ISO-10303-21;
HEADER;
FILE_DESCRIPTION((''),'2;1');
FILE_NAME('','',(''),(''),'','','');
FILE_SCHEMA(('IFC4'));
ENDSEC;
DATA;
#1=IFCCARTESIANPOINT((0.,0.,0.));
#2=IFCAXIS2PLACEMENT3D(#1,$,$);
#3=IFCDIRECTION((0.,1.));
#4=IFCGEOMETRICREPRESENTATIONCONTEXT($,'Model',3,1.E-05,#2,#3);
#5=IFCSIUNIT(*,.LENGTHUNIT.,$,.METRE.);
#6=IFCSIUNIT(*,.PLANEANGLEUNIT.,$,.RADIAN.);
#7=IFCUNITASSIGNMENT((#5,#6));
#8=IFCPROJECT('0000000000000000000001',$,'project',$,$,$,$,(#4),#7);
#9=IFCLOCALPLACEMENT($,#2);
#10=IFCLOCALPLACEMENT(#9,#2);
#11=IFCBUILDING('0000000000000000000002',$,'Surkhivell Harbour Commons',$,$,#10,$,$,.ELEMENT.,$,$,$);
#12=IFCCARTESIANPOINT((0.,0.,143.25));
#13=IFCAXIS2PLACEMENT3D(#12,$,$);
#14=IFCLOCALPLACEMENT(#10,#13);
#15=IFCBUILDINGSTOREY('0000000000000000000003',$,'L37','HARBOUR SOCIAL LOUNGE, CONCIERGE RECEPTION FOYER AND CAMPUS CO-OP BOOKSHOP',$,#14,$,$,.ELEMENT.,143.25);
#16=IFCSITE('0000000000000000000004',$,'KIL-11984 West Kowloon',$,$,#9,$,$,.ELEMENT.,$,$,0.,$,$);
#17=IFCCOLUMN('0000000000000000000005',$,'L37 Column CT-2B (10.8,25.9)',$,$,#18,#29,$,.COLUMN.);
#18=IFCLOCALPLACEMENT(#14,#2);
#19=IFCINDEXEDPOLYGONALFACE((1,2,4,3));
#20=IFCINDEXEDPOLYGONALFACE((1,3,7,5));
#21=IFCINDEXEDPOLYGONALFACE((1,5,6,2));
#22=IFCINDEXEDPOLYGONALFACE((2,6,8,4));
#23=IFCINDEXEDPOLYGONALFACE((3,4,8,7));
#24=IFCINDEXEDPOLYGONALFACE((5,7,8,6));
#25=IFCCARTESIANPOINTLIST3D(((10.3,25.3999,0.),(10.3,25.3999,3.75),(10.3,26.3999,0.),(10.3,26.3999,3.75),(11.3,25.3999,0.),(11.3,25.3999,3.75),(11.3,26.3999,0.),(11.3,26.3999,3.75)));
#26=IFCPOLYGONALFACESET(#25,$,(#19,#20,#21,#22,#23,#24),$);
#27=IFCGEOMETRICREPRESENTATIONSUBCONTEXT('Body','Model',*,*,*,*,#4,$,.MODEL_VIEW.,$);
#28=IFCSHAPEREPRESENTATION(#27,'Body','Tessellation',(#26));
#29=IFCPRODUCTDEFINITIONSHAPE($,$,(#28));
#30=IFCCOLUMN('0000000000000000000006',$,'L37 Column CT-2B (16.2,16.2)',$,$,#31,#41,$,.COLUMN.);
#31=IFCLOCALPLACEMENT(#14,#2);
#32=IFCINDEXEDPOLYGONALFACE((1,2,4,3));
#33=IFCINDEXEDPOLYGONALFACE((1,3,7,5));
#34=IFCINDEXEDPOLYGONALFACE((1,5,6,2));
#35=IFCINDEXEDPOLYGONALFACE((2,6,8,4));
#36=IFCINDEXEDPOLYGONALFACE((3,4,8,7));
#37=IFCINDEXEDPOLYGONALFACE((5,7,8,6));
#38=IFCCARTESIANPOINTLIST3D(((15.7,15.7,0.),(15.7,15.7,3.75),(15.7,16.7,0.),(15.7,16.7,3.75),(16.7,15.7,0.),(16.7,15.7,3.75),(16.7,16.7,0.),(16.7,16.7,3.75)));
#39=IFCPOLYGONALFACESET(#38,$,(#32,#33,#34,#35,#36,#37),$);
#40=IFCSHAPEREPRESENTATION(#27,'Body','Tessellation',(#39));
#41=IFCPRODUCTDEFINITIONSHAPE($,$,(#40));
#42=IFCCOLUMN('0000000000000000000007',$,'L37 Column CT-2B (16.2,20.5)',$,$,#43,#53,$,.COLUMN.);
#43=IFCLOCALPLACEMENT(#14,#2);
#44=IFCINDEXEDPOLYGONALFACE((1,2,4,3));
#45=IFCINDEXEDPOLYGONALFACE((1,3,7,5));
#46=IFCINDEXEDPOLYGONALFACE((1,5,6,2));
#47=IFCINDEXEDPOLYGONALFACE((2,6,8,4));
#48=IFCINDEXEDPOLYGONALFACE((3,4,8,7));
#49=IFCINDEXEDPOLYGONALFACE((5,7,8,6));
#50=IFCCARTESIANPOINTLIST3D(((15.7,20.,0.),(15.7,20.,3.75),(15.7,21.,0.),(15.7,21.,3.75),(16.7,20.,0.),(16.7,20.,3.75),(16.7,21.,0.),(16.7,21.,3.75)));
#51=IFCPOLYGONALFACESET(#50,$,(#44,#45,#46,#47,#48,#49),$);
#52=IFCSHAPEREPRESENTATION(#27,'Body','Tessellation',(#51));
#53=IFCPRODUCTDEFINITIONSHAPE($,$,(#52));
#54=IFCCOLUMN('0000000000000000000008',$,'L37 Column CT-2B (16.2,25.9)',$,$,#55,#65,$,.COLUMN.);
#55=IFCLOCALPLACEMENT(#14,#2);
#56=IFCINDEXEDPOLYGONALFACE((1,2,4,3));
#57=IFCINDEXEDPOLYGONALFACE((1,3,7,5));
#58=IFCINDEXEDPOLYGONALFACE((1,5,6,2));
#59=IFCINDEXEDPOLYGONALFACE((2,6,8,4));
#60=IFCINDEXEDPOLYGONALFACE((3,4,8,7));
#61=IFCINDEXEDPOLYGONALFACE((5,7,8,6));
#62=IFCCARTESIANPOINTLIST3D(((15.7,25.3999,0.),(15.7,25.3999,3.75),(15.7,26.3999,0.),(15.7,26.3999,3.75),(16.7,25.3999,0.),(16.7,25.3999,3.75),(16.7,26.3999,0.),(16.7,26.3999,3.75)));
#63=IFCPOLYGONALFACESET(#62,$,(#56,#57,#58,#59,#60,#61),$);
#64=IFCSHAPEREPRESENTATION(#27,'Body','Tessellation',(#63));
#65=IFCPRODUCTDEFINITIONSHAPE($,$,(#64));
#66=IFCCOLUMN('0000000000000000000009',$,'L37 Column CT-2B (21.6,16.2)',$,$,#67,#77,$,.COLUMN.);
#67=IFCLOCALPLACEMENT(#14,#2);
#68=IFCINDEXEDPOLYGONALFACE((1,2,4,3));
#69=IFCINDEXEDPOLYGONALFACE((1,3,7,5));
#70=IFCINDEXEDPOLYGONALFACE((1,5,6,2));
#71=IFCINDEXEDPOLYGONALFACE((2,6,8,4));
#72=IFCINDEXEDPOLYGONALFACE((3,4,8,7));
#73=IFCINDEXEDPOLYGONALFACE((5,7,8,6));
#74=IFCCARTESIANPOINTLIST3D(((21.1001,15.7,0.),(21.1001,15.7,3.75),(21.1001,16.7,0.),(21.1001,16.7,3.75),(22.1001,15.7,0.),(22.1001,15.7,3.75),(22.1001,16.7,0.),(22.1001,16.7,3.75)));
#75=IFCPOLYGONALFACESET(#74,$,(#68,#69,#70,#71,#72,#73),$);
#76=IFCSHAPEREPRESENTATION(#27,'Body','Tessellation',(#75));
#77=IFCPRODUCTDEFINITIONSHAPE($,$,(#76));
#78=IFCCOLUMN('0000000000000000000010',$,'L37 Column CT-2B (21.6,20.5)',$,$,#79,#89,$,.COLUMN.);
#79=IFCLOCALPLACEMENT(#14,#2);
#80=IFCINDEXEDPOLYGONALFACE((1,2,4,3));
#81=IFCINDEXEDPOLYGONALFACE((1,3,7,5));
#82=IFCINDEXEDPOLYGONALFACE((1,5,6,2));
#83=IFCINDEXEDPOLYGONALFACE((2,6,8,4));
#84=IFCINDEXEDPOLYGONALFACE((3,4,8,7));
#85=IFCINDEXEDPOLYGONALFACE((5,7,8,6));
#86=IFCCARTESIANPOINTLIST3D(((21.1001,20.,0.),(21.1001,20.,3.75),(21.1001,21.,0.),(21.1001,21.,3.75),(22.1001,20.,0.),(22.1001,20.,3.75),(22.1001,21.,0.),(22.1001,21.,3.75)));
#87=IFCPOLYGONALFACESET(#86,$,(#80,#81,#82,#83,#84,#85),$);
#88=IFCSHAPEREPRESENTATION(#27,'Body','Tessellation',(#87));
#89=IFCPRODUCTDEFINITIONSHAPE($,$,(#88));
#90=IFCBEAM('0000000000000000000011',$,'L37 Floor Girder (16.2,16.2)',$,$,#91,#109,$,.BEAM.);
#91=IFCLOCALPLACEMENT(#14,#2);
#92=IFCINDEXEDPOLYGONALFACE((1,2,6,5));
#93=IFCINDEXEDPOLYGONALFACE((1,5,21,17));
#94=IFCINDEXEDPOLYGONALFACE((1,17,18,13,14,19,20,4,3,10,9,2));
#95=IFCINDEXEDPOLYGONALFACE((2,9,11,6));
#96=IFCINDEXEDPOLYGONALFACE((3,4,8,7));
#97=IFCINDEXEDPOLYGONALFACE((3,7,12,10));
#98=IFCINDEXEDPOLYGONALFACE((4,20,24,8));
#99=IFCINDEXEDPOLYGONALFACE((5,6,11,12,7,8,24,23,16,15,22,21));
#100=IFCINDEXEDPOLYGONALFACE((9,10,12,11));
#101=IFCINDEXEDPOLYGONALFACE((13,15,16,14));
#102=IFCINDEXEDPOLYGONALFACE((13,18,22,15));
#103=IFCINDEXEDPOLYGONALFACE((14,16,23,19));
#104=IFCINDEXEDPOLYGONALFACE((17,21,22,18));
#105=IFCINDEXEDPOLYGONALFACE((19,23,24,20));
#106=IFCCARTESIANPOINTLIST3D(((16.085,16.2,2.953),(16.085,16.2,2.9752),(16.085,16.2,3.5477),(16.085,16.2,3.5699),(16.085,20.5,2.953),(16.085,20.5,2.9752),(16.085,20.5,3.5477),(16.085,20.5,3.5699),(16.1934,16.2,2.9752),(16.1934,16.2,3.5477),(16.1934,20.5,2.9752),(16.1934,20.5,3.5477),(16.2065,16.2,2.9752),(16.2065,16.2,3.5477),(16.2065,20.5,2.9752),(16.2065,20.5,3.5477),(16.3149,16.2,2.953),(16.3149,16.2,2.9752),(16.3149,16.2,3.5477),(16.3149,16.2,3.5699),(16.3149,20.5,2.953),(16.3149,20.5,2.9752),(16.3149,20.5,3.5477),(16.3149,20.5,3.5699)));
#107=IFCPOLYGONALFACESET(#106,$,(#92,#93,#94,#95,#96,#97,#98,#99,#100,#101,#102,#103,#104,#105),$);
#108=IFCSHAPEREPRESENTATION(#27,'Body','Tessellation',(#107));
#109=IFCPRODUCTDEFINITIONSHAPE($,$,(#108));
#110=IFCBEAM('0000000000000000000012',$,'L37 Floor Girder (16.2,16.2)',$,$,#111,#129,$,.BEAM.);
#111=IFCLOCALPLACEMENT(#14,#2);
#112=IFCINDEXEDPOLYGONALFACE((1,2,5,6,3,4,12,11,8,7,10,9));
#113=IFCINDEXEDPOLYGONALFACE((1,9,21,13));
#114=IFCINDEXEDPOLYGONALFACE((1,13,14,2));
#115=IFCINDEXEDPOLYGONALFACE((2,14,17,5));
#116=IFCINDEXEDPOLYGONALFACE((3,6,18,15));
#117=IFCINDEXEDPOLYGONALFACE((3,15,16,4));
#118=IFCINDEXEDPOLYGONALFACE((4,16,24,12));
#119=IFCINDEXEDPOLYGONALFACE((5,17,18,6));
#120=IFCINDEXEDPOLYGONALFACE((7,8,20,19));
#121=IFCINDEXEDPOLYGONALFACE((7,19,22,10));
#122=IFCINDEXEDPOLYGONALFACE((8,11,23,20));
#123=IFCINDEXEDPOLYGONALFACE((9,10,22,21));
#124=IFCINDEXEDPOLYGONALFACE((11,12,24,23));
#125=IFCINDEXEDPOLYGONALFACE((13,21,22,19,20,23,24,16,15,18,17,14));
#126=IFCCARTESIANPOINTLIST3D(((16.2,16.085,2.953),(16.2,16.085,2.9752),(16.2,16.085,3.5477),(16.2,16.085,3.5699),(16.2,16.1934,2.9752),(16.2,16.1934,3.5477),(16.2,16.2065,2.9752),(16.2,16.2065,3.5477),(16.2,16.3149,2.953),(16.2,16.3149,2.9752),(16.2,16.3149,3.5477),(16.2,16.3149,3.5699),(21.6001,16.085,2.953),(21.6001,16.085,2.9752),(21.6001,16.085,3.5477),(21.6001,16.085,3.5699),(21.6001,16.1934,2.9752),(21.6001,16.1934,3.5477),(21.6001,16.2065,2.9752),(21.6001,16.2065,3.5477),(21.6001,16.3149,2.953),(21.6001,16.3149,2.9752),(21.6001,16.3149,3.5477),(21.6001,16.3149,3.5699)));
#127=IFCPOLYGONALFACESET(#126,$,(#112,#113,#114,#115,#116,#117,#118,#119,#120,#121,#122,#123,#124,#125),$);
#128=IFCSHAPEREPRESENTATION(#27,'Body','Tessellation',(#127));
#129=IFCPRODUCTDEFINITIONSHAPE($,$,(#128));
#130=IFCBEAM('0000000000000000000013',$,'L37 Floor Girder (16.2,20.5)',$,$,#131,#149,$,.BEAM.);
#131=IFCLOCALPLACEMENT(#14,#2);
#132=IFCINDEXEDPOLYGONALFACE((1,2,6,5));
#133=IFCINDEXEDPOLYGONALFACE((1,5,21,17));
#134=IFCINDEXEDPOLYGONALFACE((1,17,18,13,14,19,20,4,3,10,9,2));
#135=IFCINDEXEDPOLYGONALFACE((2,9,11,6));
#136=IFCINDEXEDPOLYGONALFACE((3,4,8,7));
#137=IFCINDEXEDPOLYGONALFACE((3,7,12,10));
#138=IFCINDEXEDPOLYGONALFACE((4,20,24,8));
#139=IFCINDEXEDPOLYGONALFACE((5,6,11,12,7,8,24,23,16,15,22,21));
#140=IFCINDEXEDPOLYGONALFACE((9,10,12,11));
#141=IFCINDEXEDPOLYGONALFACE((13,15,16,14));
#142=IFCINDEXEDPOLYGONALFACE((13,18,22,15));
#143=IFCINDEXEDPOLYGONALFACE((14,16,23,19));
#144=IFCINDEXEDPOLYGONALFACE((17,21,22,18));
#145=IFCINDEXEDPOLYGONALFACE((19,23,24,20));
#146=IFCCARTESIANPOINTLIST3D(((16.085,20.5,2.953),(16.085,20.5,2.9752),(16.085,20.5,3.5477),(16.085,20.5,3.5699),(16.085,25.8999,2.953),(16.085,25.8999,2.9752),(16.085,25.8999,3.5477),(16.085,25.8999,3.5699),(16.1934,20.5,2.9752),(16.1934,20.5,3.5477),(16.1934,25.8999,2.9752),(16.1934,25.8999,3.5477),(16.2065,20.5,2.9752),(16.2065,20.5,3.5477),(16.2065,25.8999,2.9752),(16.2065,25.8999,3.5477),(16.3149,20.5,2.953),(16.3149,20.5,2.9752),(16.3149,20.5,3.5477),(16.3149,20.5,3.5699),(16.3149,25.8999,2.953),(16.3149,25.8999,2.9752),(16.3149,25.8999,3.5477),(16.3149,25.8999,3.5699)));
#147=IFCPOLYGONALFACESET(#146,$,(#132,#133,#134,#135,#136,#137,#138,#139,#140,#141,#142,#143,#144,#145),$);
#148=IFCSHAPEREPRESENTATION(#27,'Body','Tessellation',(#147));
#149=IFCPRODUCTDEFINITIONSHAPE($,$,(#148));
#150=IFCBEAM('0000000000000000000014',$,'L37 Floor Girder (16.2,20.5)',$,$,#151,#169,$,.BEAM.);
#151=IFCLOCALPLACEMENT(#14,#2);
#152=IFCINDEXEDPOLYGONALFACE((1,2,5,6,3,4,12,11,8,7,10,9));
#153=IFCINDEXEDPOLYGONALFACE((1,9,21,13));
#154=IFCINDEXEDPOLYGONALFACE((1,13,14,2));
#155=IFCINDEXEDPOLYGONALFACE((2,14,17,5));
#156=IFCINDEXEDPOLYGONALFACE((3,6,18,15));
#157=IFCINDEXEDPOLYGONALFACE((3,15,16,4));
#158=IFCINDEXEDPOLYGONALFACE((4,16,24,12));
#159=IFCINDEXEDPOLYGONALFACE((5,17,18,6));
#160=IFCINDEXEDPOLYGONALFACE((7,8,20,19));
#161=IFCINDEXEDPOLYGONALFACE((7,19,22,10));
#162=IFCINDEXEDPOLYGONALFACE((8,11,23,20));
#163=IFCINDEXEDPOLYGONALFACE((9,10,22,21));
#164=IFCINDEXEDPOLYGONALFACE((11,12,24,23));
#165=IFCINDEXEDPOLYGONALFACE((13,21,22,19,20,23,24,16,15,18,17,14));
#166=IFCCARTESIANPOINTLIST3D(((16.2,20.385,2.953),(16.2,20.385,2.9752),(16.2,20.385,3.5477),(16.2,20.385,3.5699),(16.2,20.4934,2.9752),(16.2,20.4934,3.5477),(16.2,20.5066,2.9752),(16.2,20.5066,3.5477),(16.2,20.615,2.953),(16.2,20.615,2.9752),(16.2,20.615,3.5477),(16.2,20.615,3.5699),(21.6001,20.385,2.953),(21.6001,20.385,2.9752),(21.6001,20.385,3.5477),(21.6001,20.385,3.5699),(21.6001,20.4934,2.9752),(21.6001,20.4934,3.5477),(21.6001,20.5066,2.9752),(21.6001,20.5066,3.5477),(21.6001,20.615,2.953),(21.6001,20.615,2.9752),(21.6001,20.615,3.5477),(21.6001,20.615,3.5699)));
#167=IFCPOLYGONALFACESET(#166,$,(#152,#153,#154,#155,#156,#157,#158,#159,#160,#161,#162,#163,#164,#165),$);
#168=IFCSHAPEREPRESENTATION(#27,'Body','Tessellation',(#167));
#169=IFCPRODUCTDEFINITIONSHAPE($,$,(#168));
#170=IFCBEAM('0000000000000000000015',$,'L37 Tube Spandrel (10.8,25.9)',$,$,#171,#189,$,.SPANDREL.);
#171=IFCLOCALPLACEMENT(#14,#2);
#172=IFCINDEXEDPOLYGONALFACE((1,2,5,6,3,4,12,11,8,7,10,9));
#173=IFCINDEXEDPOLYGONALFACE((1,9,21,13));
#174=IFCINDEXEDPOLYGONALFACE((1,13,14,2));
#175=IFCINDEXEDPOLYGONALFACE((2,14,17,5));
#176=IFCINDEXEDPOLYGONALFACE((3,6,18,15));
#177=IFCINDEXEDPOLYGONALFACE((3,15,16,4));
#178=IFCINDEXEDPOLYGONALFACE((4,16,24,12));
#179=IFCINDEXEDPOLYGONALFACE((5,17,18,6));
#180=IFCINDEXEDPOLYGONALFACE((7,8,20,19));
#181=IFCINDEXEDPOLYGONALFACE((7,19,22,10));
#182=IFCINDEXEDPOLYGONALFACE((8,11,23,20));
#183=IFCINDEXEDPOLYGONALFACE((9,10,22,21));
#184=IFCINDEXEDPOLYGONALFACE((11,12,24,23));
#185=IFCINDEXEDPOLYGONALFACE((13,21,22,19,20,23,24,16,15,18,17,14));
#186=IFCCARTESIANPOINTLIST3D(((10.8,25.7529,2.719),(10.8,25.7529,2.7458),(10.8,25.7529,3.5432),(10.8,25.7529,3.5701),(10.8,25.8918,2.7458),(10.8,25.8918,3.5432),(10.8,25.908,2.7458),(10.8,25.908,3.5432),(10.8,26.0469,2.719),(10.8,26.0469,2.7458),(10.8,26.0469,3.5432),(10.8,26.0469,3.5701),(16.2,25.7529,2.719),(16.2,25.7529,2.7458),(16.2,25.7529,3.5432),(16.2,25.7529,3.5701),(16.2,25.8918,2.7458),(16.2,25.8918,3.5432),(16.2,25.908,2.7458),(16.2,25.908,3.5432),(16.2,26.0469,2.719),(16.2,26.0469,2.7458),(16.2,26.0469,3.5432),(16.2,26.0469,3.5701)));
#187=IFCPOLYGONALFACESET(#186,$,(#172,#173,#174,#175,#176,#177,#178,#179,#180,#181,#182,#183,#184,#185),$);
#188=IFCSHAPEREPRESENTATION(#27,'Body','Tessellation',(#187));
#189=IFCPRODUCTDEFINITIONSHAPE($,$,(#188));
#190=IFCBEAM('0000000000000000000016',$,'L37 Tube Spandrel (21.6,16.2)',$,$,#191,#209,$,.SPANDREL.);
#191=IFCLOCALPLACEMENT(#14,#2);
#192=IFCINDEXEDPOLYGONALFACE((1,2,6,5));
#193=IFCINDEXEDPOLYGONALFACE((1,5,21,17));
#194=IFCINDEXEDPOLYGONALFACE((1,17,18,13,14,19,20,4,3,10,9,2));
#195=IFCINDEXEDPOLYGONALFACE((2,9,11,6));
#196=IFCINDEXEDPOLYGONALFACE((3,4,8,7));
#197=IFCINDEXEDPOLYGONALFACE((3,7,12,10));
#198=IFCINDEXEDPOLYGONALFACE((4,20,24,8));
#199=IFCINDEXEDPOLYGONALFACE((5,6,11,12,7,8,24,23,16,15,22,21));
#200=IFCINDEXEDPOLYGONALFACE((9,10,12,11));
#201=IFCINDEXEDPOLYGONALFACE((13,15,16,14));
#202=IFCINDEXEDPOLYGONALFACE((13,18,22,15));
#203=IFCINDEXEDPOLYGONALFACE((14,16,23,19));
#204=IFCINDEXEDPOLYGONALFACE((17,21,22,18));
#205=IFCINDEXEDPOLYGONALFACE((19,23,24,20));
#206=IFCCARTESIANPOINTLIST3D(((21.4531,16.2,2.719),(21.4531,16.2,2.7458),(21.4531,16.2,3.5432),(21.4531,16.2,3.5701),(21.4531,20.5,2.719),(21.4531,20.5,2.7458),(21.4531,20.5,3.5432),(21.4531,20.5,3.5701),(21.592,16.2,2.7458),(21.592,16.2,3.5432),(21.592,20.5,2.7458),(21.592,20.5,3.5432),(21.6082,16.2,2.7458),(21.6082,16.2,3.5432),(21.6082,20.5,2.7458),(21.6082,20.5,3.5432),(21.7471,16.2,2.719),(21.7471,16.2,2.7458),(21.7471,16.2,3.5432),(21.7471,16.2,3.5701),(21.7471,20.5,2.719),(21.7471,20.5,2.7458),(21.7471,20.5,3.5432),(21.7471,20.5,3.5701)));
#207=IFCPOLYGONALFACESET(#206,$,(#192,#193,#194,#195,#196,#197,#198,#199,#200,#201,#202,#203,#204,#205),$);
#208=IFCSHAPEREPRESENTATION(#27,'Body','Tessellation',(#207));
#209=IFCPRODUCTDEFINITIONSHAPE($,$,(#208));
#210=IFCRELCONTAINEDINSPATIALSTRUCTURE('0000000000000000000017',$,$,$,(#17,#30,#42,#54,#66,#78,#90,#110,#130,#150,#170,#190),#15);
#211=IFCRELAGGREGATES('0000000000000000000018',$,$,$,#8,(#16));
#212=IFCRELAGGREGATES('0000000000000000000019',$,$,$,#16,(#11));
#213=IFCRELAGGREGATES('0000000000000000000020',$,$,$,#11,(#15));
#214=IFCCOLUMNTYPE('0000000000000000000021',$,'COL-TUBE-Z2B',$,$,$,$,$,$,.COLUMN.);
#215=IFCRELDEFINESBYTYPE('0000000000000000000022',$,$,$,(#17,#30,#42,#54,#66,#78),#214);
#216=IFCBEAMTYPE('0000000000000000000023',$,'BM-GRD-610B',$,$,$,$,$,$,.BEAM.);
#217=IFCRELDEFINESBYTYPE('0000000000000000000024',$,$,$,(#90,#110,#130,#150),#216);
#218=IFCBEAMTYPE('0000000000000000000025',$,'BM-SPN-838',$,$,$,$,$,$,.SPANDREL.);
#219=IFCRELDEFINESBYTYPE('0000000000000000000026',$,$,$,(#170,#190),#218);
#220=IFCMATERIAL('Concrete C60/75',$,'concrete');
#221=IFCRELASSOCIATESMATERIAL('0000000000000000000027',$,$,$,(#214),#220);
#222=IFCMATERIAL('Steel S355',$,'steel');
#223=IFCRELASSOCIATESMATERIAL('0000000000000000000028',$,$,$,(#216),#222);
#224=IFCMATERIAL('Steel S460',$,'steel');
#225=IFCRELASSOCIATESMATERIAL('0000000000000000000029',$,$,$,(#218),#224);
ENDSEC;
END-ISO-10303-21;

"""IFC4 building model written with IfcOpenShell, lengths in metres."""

from ifc_helpers import new_model, si_unit, direction, frame, origin, origin_2d, place, context, subcontext, project, spatial, rectangle, i_section, extrude, material, material_profile, profile_set, type_object, element, save


model = new_model("IFC4")

# Units and contexts
model_context = context("Model", 3, precision=1e-05, world=origin(), true_north=direction((0.0, 1.0)))
body_context = subcontext(model_context, "Body", "Model", "MODEL_VIEW")
ifc_project = project(units=[si_unit("LENGTHUNIT", "METRE"), si_unit("PLANEANGLEUNIT", "RADIAN")], contexts=[model_context])

# Site, building, storey
site_placement = place(None, origin())
site = spatial("IfcSite", under=ifc_project, at=site_placement, Name="KIL-11984 West Kowloon", CompositionType="ELEMENT", RefElevation=0.0)
building_placement = place(site_placement, origin())
building = spatial("IfcBuilding", under=site, at=building_placement, Name="Surkhivell Harbour Commons", CompositionType="ELEMENT")
storey_placement = place(building_placement, frame((0.0, 0.0, 143.25)))
storey = spatial("IfcBuildingStorey", under=building, at=storey_placement, Name="L37", Description="HARBOUR SOCIAL LOUNGE, CONCIERGE RECEPTION FOYER AND CAMPUS CO-OP BOOKSHOP", CompositionType="ELEMENT", Elevation=143.25)

# Columns
ifc_material_1 = material(Name="Concrete C60/75", Category="concrete")
ifc_material_profile_1 = material_profile(ifc_material_1, rectangle(XDim=1.0, YDim=1.0, at=origin_2d()), Name="RC-COL-1000x1000")
ifc_profile_set_1 = profile_set([ifc_material_profile_1], Name="Concrete C60/75")
column_type = type_object("IfcColumnType", Name="COL-TUBE-Z2B", PredefinedType="COLUMN", material=ifc_profile_set_1)
for number, where, z_axis, x_axis, name in (
    (1, (10.8, 25.8999, 0.0), (0.0, 0.0, 1.0), (1.0, 0.0, 0.0), "L37 Column CT-2B (10.8,25.9)"),
    (2, (16.2, 16.2, 0.0), (0.0, 0.0, 1.0), (1.0, 0.0, 0.0), "L37 Column CT-2B (16.2,16.2)"),
    (3, (16.2, 20.5, 0.0), (0.0, 0.0, 1.0), (1.0, 0.0, 0.0), "L37 Column CT-2B (16.2,20.5)"),
    (4, (16.2, 25.8999, 0.0), (0.0, 0.0, 1.0), (1.0, 0.0, 0.0), "L37 Column CT-2B (16.2,25.9)"),
    (5, (21.6001, 16.2, 0.0), (0.0, 0.0, 1.0), (1.0, 0.0, 0.0), "L37 Column CT-2B (21.6,16.2)"),
    (6, (21.6001, 20.5, 0.0), (0.0, 0.0, 1.0), (1.0, 0.0, 0.0), "L37 Column CT-2B (21.6,20.5)"),
):
    element("IfcColumn", number, at=place(storey_placement, frame(where, z_axis=z_axis, x_axis=x_axis)), inside=storey, type_object=column_type, Name=name, PredefinedType="COLUMN", context=body_context, shape_type="SweptSolid", body=[
        extrude(rectangle(XDim=1.0, YDim=1.0, at=origin_2d()), origin(), (0.0, 0.0, 1.0), 3.75),
    ])

# Beams
ifc_material_2 = material(Name="Steel S355", Category="steel")
ifc_material_profile_2 = material_profile(ifc_material_2, i_section(OverallWidth=0.23, OverallDepth=0.6169, WebThickness=0.0132, FlangeThickness=0.0222, at=origin_2d()), Name="UB610x229x140")
ifc_profile_set_2 = profile_set([ifc_material_profile_2], Name="Steel S355")
beam_type_1 = type_object("IfcBeamType", Name="BM-GRD-610B", PredefinedType="BEAM", material=ifc_profile_set_2)
beam_1_placement = place(storey_placement, frame((16.2, 16.2, 3.2615), z_axis=(0.0, 1.0, 0.0), x_axis=(-1.0, 0.0, 0.0)))
element("IfcBeam", 7, at=beam_1_placement, inside=storey, type_object=beam_type_1, Name="L37 Floor Girder (16.2,16.2)", PredefinedType="BEAM", context=body_context, shape_type="SweptSolid", body=[
    extrude(i_section(OverallWidth=0.23, OverallDepth=0.6169, WebThickness=0.0132, FlangeThickness=0.0222, at=origin_2d()), origin(), (0.0, 0.0, 1.0), 4.3),
])
beam_2_placement = place(storey_placement, frame((16.2, 16.2, 3.2615), z_axis=(1.0, 0.0, 0.0), x_axis=(0.0, 1.0, 0.0)))
element("IfcBeam", 8, at=beam_2_placement, inside=storey, type_object=beam_type_1, Name="L37 Floor Girder (16.2,16.2)", PredefinedType="BEAM", context=body_context, shape_type="SweptSolid", body=[
    extrude(i_section(OverallWidth=0.23, OverallDepth=0.6169, WebThickness=0.0132, FlangeThickness=0.0222, at=origin_2d()), origin(), (0.0, 0.0, 1.0), 5.4001),
])
beam_3_placement = place(storey_placement, frame((16.2, 20.5, 3.2615), z_axis=(0.0, 1.0, 0.0), x_axis=(-1.0, 0.0, 0.0)))
element("IfcBeam", 9, at=beam_3_placement, inside=storey, type_object=beam_type_1, Name="L37 Floor Girder (16.2,20.5)", PredefinedType="BEAM", context=body_context, shape_type="SweptSolid", body=[
    extrude(i_section(OverallWidth=0.23, OverallDepth=0.6169, WebThickness=0.0132, FlangeThickness=0.0222, at=origin_2d()), origin(), (0.0, 0.0, 1.0), 5.3999),
])
beam_4_placement = place(storey_placement, frame((16.2, 20.5, 3.2615), z_axis=(1.0, 0.0, 0.0), x_axis=(0.0, 1.0, 0.0)))
element("IfcBeam", 10, at=beam_4_placement, inside=storey, type_object=beam_type_1, Name="L37 Floor Girder (16.2,20.5)", PredefinedType="BEAM", context=body_context, shape_type="SweptSolid", body=[
    extrude(i_section(OverallWidth=0.23, OverallDepth=0.6169, WebThickness=0.0132, FlangeThickness=0.0222, at=origin_2d()), origin(), (0.0, 0.0, 1.0), 5.4001),
])
ifc_material_3 = material(Name="Steel S460", Category="steel")
ifc_material_profile_3 = material_profile(ifc_material_3, i_section(OverallWidth=0.2939, OverallDepth=0.8511, WebThickness=0.0161, FlangeThickness=0.0269, at=origin_2d()), Name="UB838x292x226")
ifc_profile_set_3 = profile_set([ifc_material_profile_3], Name="Steel S460")
beam_type_2 = type_object("IfcBeamType", Name="BM-SPN-838", PredefinedType="SPANDREL", material=ifc_profile_set_3)
beam_5_placement = place(storey_placement, frame((10.8, 25.8999, 3.1445), z_axis=(1.0, 0.0, 0.0), x_axis=(0.0, 1.0, 0.0)))
element("IfcBeam", 11, at=beam_5_placement, inside=storey, type_object=beam_type_2, Name="L37 Tube Spandrel (10.8,25.9)", PredefinedType="SPANDREL", context=body_context, shape_type="SweptSolid", body=[
    extrude(i_section(OverallWidth=0.2939, OverallDepth=0.8511, WebThickness=0.0161, FlangeThickness=0.0269, at=origin_2d()), origin(), (0.0, 0.0, 1.0), 5.3999),
])
beam_6_placement = place(storey_placement, frame((21.6001, 16.2, 3.1445), z_axis=(0.0, 1.0, 0.0), x_axis=(-1.0, 0.0, 0.0)))
element("IfcBeam", 12, at=beam_6_placement, inside=storey, type_object=beam_type_2, Name="L37 Tube Spandrel (21.6,16.2)", PredefinedType="SPANDREL", context=body_context, shape_type="SweptSolid", body=[
    extrude(i_section(OverallWidth=0.2939, OverallDepth=0.8511, WebThickness=0.0161, FlangeThickness=0.0269, at=origin_2d()), origin(), (0.0, 0.0, 1.0), 4.3),
])

save(model, "model.ifc")
